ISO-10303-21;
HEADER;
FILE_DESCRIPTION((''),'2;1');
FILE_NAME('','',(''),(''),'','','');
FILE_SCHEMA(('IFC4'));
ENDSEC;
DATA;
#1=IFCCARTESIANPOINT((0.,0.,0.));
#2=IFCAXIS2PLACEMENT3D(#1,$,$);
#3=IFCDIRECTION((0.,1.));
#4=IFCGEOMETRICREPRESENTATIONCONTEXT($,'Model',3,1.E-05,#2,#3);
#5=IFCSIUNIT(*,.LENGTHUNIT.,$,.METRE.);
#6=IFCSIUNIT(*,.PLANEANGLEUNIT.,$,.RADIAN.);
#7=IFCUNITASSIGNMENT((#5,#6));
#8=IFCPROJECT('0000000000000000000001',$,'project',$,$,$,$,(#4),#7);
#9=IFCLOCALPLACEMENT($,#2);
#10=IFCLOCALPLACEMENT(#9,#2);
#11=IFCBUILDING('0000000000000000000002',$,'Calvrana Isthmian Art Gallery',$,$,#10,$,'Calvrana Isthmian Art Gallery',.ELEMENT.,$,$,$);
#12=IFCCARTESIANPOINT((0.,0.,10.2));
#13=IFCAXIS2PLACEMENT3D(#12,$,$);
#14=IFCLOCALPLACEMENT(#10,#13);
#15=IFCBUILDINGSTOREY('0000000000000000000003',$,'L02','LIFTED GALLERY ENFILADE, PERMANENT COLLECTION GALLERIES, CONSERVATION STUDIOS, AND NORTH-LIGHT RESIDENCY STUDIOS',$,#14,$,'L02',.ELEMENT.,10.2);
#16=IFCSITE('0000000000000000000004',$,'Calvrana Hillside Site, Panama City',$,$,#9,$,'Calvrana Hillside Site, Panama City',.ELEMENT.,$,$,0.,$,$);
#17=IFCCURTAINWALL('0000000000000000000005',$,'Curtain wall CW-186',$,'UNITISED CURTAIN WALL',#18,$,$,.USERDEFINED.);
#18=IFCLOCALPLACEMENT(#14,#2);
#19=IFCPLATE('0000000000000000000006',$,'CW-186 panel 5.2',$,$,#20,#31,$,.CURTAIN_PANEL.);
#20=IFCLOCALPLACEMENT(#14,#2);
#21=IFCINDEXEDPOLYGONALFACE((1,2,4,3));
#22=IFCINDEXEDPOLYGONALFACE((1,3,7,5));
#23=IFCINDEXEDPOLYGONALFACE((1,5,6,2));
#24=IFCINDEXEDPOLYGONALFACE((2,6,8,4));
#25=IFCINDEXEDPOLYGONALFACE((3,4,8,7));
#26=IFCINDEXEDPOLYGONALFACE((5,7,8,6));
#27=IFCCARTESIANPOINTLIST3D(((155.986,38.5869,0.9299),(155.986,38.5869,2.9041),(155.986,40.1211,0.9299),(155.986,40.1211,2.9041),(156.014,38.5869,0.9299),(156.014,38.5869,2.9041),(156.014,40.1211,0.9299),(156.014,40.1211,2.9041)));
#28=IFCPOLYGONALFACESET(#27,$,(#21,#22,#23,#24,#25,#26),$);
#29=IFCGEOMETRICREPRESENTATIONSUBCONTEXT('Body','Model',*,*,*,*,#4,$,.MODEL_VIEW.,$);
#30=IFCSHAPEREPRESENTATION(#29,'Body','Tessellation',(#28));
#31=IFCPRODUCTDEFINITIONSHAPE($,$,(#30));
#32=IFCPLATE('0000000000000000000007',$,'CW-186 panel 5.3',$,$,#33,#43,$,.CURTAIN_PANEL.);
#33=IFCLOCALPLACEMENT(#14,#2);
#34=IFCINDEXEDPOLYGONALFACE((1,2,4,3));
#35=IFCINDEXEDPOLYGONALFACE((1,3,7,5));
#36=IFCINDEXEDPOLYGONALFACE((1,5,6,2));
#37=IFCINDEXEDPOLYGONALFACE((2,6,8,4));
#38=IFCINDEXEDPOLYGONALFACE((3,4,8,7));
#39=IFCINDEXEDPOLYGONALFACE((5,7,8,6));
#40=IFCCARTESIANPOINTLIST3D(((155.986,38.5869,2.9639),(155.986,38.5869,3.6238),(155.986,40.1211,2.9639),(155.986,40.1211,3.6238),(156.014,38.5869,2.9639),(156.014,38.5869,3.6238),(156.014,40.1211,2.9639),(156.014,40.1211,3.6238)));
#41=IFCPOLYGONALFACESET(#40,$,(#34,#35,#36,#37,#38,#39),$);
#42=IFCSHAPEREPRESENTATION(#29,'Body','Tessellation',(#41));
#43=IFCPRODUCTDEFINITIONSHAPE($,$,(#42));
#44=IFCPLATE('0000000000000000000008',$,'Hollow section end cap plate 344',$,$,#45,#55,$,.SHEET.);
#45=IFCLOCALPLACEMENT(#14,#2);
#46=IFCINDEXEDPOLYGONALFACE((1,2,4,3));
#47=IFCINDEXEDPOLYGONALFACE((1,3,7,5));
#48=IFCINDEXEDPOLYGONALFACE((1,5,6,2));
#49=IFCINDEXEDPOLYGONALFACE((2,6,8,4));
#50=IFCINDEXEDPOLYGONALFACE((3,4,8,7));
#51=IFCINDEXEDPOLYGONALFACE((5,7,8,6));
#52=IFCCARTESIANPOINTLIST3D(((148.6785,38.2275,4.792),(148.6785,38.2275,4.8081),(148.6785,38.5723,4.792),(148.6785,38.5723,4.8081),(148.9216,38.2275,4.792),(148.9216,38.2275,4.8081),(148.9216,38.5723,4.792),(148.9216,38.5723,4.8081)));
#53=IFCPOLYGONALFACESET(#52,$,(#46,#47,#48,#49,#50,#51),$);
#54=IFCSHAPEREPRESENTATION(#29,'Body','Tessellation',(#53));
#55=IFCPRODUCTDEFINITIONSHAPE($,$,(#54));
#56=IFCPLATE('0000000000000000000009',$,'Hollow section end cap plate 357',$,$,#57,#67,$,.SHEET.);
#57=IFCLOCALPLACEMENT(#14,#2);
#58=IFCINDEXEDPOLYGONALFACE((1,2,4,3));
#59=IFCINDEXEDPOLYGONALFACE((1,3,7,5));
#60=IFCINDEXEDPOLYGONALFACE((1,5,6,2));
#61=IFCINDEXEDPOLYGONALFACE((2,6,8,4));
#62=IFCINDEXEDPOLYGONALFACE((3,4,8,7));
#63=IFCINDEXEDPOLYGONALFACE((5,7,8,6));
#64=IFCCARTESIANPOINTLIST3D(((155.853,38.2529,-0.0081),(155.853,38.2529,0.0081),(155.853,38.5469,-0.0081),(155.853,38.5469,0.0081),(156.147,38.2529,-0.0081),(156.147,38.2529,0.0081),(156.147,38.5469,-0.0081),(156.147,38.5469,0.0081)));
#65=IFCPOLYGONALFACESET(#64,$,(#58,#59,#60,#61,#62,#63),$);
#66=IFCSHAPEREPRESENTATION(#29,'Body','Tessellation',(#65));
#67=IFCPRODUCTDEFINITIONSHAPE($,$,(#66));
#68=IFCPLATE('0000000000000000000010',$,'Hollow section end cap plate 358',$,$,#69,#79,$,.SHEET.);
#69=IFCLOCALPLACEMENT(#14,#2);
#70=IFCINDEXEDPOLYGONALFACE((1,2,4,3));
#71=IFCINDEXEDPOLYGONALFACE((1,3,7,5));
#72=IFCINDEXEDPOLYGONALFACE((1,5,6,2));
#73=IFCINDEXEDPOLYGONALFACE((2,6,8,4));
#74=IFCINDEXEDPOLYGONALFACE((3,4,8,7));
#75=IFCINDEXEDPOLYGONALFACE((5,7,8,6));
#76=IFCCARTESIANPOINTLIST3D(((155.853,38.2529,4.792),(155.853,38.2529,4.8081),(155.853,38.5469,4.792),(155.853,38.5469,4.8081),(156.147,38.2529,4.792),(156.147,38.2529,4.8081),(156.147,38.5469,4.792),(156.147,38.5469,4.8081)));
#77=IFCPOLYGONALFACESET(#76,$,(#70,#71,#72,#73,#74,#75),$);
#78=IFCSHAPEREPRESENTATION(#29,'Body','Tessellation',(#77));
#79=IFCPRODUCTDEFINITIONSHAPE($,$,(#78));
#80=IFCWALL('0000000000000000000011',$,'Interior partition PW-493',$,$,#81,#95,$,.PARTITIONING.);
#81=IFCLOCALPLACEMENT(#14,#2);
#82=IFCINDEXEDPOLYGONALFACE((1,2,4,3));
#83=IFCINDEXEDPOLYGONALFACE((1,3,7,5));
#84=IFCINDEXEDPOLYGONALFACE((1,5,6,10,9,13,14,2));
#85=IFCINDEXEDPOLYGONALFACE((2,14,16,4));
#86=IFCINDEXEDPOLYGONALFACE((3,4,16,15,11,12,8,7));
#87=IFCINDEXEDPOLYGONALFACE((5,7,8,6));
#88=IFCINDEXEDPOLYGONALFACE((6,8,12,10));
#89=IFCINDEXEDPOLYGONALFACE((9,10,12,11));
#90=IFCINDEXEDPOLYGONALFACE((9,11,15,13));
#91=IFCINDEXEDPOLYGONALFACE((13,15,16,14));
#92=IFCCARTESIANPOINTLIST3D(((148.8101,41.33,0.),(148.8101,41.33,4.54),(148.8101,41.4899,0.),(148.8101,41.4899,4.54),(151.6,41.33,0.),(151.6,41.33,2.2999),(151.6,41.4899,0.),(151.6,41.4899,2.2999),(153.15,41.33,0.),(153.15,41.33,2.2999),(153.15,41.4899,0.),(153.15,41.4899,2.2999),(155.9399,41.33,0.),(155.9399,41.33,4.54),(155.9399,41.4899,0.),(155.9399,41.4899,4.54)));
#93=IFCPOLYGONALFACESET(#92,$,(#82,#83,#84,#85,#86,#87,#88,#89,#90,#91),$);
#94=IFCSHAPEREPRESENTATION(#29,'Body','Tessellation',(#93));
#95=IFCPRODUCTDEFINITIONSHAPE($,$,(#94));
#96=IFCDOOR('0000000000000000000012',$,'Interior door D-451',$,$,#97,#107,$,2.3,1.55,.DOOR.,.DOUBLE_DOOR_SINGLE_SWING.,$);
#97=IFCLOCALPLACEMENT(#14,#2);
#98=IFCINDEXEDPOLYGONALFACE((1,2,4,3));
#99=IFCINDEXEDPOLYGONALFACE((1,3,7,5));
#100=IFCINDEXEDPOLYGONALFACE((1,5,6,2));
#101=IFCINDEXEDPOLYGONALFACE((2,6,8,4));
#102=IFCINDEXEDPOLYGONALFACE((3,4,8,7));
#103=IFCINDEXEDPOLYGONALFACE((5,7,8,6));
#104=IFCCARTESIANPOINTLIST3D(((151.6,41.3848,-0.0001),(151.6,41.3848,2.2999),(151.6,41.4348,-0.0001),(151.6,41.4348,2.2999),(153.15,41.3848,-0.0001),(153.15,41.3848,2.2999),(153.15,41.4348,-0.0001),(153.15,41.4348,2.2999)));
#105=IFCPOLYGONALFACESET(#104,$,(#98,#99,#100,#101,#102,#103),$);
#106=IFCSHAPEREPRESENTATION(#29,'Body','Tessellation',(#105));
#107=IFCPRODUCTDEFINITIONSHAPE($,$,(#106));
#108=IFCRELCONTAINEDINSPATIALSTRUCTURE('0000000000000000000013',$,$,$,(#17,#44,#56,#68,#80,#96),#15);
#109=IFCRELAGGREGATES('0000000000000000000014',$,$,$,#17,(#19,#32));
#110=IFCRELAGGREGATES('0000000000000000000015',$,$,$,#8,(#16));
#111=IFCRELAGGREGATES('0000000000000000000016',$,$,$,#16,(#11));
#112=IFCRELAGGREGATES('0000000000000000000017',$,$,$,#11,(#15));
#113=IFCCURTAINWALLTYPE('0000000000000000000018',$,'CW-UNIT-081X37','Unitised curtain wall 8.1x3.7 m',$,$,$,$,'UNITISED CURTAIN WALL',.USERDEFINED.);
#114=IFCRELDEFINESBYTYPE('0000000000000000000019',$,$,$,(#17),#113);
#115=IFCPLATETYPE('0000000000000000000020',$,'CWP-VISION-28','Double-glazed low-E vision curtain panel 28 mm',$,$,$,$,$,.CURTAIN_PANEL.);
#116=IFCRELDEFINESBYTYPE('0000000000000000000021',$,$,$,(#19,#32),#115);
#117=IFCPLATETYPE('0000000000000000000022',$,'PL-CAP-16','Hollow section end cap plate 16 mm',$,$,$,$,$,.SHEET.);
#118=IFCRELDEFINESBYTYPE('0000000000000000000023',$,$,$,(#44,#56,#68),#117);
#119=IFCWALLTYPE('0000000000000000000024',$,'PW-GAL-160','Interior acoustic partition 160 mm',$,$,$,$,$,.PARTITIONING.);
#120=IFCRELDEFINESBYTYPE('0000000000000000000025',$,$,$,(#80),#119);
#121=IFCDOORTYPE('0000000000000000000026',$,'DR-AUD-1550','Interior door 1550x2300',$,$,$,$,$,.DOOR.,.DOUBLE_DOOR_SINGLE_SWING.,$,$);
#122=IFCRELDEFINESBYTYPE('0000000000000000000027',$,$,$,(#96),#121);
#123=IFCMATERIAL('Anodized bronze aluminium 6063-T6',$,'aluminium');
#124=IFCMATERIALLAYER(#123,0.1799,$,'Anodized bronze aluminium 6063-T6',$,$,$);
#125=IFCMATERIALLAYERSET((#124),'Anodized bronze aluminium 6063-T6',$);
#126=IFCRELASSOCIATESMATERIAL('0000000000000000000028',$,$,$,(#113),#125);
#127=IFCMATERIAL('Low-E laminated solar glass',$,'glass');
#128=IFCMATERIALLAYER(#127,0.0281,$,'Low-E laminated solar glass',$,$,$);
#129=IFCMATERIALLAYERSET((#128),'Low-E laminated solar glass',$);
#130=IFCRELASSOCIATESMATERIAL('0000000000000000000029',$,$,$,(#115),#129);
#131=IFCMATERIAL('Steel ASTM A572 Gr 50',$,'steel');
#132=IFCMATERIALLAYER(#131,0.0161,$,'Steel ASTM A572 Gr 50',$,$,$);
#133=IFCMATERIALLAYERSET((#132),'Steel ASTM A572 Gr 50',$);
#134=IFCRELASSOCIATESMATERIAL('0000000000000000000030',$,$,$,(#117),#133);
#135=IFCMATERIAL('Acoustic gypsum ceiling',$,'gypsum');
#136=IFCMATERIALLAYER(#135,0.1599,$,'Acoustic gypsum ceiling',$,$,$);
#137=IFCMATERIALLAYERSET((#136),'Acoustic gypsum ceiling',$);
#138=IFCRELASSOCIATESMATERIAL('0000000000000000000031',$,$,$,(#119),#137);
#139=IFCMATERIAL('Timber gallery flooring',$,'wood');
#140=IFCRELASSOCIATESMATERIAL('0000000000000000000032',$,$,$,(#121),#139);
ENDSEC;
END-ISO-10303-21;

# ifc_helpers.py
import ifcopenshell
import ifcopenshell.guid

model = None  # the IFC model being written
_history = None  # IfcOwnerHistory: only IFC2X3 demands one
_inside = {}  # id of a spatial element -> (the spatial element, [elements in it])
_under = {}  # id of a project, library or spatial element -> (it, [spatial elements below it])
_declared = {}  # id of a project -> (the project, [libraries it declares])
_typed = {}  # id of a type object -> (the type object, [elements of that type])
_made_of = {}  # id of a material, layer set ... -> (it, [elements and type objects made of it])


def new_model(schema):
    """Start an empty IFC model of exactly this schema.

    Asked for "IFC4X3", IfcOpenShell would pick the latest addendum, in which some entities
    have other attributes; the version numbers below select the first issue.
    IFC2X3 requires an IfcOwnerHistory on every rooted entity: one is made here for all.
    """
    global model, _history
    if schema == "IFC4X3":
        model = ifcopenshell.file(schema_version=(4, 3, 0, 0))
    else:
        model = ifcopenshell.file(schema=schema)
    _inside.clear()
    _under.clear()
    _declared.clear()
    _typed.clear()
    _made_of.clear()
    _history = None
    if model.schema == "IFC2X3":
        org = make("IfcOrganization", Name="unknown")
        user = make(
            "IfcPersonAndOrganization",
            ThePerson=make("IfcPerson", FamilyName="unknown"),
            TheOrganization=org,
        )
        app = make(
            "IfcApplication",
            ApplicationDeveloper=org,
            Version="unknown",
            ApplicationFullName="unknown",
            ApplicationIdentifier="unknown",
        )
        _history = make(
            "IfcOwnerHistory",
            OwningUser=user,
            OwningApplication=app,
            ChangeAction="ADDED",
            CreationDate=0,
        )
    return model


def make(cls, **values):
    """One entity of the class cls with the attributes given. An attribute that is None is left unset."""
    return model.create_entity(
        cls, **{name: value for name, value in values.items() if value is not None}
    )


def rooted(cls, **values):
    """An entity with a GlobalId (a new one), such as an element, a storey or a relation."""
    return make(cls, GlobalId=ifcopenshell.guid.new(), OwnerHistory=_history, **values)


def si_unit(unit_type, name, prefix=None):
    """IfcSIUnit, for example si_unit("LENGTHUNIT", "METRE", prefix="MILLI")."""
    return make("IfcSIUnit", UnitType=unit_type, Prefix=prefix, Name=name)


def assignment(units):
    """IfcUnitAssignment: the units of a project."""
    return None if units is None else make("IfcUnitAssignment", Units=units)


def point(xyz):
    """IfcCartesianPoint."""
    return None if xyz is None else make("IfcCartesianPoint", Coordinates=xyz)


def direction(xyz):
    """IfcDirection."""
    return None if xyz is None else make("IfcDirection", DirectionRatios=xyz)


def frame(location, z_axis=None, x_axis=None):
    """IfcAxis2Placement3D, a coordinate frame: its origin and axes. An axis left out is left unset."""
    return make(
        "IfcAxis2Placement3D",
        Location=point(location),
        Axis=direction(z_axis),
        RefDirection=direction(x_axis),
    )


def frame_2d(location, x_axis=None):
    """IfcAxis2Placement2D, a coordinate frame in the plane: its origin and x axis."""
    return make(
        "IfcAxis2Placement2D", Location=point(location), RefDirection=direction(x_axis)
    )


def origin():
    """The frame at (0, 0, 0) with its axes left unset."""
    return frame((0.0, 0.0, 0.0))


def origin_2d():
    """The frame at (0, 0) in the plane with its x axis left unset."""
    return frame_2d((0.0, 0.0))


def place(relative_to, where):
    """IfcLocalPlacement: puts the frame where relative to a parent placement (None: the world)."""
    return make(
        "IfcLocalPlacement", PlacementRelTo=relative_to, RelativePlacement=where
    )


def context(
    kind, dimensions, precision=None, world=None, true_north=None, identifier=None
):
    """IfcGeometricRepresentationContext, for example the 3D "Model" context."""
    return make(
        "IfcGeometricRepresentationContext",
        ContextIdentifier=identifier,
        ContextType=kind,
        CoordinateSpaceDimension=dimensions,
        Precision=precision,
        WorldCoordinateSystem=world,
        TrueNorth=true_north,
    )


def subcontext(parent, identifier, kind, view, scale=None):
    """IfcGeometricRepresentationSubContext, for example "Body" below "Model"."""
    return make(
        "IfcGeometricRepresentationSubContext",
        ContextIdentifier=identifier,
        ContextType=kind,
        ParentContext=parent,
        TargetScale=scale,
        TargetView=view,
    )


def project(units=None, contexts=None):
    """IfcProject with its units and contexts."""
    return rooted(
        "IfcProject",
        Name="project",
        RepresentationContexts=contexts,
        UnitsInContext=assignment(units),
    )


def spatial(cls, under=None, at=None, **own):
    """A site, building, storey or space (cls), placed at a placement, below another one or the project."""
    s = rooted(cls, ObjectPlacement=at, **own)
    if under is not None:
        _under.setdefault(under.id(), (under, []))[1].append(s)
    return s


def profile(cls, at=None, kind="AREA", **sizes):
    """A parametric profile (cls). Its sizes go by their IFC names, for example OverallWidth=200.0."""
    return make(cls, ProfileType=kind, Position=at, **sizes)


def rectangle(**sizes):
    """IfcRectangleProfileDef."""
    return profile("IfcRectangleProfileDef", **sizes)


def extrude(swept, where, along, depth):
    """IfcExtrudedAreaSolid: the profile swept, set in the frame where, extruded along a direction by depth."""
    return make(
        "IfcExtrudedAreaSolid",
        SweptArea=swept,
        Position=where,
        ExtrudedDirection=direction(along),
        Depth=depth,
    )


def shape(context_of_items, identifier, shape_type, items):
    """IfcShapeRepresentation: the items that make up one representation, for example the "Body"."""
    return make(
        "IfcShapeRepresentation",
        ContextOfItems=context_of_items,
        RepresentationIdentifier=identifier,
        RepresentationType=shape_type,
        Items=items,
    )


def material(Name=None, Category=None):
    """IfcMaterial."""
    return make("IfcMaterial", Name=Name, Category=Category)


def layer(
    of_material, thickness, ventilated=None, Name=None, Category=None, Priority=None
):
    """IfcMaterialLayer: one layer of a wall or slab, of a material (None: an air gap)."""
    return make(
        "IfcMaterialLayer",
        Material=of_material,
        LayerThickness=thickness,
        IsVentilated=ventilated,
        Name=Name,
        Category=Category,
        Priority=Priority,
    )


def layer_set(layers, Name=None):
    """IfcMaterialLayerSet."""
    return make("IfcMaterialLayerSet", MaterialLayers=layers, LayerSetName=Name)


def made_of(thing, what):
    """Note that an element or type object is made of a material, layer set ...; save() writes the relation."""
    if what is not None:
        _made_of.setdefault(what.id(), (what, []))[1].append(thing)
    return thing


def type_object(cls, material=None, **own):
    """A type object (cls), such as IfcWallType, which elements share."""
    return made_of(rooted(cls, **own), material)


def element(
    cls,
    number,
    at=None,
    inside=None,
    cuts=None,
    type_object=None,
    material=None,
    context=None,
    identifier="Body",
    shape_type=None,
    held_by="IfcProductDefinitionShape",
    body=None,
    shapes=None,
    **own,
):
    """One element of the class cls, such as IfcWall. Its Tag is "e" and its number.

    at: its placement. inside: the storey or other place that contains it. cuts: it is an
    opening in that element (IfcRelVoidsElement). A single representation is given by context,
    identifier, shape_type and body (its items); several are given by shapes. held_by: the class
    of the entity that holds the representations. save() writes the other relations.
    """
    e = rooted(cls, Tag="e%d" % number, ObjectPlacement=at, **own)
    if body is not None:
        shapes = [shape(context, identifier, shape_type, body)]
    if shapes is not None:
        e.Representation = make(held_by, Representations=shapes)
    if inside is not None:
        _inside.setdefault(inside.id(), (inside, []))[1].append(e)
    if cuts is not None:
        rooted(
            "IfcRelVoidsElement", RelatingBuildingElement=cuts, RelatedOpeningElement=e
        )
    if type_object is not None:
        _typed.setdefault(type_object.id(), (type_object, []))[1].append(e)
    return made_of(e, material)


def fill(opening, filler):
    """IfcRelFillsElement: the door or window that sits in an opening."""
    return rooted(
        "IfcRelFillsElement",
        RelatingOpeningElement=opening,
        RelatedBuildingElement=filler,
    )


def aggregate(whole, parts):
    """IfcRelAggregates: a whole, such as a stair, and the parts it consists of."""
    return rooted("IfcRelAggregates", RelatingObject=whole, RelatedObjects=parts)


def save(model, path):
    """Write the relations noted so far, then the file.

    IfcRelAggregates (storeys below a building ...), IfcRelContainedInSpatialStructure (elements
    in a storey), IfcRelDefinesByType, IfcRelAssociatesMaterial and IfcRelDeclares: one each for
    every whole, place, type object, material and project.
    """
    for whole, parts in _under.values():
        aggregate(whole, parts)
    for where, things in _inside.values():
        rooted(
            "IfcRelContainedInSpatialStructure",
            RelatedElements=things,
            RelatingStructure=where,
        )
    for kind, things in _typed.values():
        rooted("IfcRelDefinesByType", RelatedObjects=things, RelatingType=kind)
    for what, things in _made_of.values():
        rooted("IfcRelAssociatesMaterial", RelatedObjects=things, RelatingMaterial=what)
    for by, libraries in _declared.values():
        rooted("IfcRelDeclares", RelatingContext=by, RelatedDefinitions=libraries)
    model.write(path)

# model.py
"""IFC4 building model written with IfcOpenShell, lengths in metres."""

from ifc_helpers import new_model, si_unit, direction, frame, frame_2d, origin, origin_2d, place, context, subcontext, project, spatial, rectangle, extrude, material, layer, layer_set, type_object, element, fill, aggregate, save


model = new_model("IFC4")

# Units and contexts
model_context = context("Model", 3, precision=1e-05, world=origin(), true_north=direction((0.0, 1.0)))
body_context = subcontext(model_context, "Body", "Model", "MODEL_VIEW")
ifc_project = project(units=[si_unit("LENGTHUNIT", "METRE"), si_unit("PLANEANGLEUNIT", "RADIAN")], contexts=[model_context])

# Site, building, storey
site_placement = place(None, origin())
site = spatial("IfcSite", under=ifc_project, at=site_placement, Name="Calvrana Hillside Site, Panama City", LongName="Calvrana Hillside Site, Panama City", CompositionType="ELEMENT", RefElevation=0.0)
building_placement = place(site_placement, origin())
building = spatial("IfcBuilding", under=site, at=building_placement, Name="Calvrana Isthmian Art Gallery", LongName="Calvrana Isthmian Art Gallery", CompositionType="ELEMENT")
storey_placement = place(building_placement, frame((0.0, 0.0, 10.2)))
storey = spatial("IfcBuildingStorey", under=building, at=storey_placement, Name="L02", Description="LIFTED GALLERY ENFILADE, PERMANENT COLLECTION GALLERIES, CONSERVATION STUDIOS, AND NORTH-LIGHT RESIDENCY STUDIOS", LongName="L02", CompositionType="ELEMENT", Elevation=10.2)

# Curtain wall, plates
ifc_material_1 = material(Name="Anodized bronze aluminium 6063-T6", Category="aluminium")
ifc_layer_1 = layer(ifc_material_1, 0.1799, Name="Anodized bronze aluminium 6063-T6")
ifc_layer_set_1 = layer_set([ifc_layer_1], Name="Anodized bronze aluminium 6063-T6")
curtain_wall_type = type_object("IfcCurtainWallType", Name="CW-UNIT-081X37", Description="Unitised curtain wall 8.1x3.7 m", ElementType="UNITISED CURTAIN WALL", PredefinedType="USERDEFINED", material=ifc_layer_set_1)
curtain_wall_placement = place(storey_placement, origin())
curtain_wall = element("IfcCurtainWall", 1, at=curtain_wall_placement, inside=storey, type_object=curtain_wall_type, Name="Curtain wall CW-186", ObjectType="UNITISED CURTAIN WALL", PredefinedType="USERDEFINED")
ifc_material_2 = material(Name="Low-E laminated solar glass", Category="glass")
ifc_layer_2 = layer(ifc_material_2, 0.0281, Name="Low-E laminated solar glass")
ifc_layer_set_2 = layer_set([ifc_layer_2], Name="Low-E laminated solar glass")
plate_type_1 = type_object("IfcPlateType", Name="CWP-VISION-28", Description="Double-glazed low-E vision curtain panel 28 mm", PredefinedType="CURTAIN_PANEL", material=ifc_layer_set_2)
plate_1_placement = place(storey_placement, frame((156.0, 39.354, 0.9299), z_axis=(0.0, 0.0, 1.0), x_axis=(0.0, -1.0, 0.0)))
plate_1 = element("IfcPlate", 2, at=plate_1_placement, type_object=plate_type_1, Name="CW-186 panel 5.2", PredefinedType="CURTAIN_PANEL", context=body_context, shape_type="SweptSolid", body=[
    extrude(rectangle(XDim=1.5342, YDim=0.0281, at=origin_2d()), origin(), (0.0, 0.0, 1.0), 1.9741),
])
plate_2_placement = place(storey_placement, frame((156.0, 39.354, 2.9639), z_axis=(0.0, 0.0, 1.0), x_axis=(0.0, -1.0, 0.0)))
plate_2 = element("IfcPlate", 3, at=plate_2_placement, type_object=plate_type_1, Name="CW-186 panel 5.3", PredefinedType="CURTAIN_PANEL", context=body_context, shape_type="SweptSolid", body=[
    extrude(rectangle(XDim=1.5342, YDim=0.0281, at=origin_2d()), origin(), (0.0, 0.0, 1.0), 0.6599),
])
aggregate(curtain_wall, [plate_1, plate_2])

# Plates
ifc_material_3 = material(Name="Steel ASTM A572 Gr 50", Category="steel")
ifc_layer_3 = layer(ifc_material_3, 0.0161, Name="Steel ASTM A572 Gr 50")
ifc_layer_set_3 = layer_set([ifc_layer_3], Name="Steel ASTM A572 Gr 50")
plate_type_2 = type_object("IfcPlateType", Name="PL-CAP-16", Description="Hollow section end cap plate 16 mm", PredefinedType="SHEET", material=ifc_layer_set_3)
plate_3_placement = place(storey_placement, frame((148.8, 38.3999, 4.792), z_axis=(0.0, 0.0, 1.0), x_axis=(1.0, 0.0, 0.0)))
element("IfcPlate", 4, at=plate_3_placement, inside=storey, type_object=plate_type_2, Name="Hollow section end cap plate 344", PredefinedType="SHEET", context=body_context, shape_type="SweptSolid", body=[
    extrude(rectangle(XDim=0.2432, YDim=0.3447, at=origin_2d()), origin(), (0.0, 0.0, 1.0), 0.0161),
])
for number, where, z_axis, x_axis, name in (
    (5, (156.0, 38.3999, -0.0081), (0.0, 0.0, 1.0), (1.0, 0.0, 0.0), "Hollow section end cap plate 357"),
    (6, (156.0, 38.3999, 4.792), (0.0, 0.0, 1.0), (1.0, 0.0, 0.0), "Hollow section end cap plate 358"),
):
    element("IfcPlate", number, at=place(storey_placement, frame(where, z_axis=z_axis, x_axis=x_axis)), inside=storey, type_object=plate_type_2, Name=name, PredefinedType="SHEET", context=body_context, shape_type="SweptSolid", body=[
        extrude(rectangle(XDim=0.2939, YDim=0.2939, at=origin_2d()), origin(), (0.0, 0.0, 1.0), 0.0161),
    ])

# Wall, opening, door
ifc_material_4 = material(Name="Acoustic gypsum ceiling", Category="gypsum")
ifc_layer_4 = layer(ifc_material_4, 0.1599, Name="Acoustic gypsum ceiling")
ifc_layer_set_4 = layer_set([ifc_layer_4], Name="Acoustic gypsum ceiling")
wall_type = type_object("IfcWallType", Name="PW-GAL-160", Description="Interior acoustic partition 160 mm", PredefinedType="PARTITIONING", material=ifc_layer_set_4)
ifc_material_5 = material(Name="Timber gallery flooring", Category="wood")
wall_1_placement = place(storey_placement, frame((148.8101, 41.4099, 0.0), z_axis=(0.0, 0.0, 1.0), x_axis=(1.0, 0.0, 0.0)))
wall_1 = element("IfcWall", 7, at=wall_1_placement, inside=storey, type_object=wall_type, Name="Interior partition PW-493", PredefinedType="PARTITIONING", context=body_context, shape_type="SweptSolid", body=[
    extrude(rectangle(XDim=7.1299, YDim=0.1599, at=frame_2d((3.5649, 0.0))), origin(), (0.0, 0.0, 1.0), 4.54),
])
opening_1_placement = place(wall_1_placement, frame((2.79, 0.0, 0.0)))
opening_1 = element("IfcOpeningElement", 8, at=opening_1_placement, cuts=wall_1, PredefinedType="OPENING", context=body_context, shape_type="SweptSolid", body=[
    extrude(rectangle(XDim=1.55, YDim=2.3, at=frame_2d((0.7749, 1.1499))), frame((0.0, 0.0903, 0.0), z_axis=(0.0, -1.0, 0.0), x_axis=(1.0, 0.0, 0.0)), (0.0, 0.0, 1.0), 0.1804),
])
door_type_1 = type_object("IfcDoorType", Name="DR-AUD-1550", Description="Interior door 1550x2300", OperationType="DOUBLE_DOOR_SINGLE_SWING", PredefinedType="DOOR", material=ifc_material_5)
door_1_placement = place(opening_1_placement, origin())
door_1 = element("IfcDoor", 9, at=door_1_placement, inside=storey, type_object=door_type_1, Name="Interior door D-451", OperationType="DOUBLE_DOOR_SINGLE_SWING", OverallHeight=2.3, OverallWidth=1.55, PredefinedType="DOOR", context=body_context, shape_type="SweptSolid", body=[
    extrude(rectangle(XDim=1.55, YDim=2.3, at=frame_2d((0.7749, 1.1499))), frame((0.0, 0.0249, 0.0), z_axis=(0.0, -1.0, 0.0), x_axis=(1.0, 0.0, 0.0)), (0.0, 0.0, 1.0), 0.05),
])
fill(opening_1, door_1)

save(model, "model.ifc")
